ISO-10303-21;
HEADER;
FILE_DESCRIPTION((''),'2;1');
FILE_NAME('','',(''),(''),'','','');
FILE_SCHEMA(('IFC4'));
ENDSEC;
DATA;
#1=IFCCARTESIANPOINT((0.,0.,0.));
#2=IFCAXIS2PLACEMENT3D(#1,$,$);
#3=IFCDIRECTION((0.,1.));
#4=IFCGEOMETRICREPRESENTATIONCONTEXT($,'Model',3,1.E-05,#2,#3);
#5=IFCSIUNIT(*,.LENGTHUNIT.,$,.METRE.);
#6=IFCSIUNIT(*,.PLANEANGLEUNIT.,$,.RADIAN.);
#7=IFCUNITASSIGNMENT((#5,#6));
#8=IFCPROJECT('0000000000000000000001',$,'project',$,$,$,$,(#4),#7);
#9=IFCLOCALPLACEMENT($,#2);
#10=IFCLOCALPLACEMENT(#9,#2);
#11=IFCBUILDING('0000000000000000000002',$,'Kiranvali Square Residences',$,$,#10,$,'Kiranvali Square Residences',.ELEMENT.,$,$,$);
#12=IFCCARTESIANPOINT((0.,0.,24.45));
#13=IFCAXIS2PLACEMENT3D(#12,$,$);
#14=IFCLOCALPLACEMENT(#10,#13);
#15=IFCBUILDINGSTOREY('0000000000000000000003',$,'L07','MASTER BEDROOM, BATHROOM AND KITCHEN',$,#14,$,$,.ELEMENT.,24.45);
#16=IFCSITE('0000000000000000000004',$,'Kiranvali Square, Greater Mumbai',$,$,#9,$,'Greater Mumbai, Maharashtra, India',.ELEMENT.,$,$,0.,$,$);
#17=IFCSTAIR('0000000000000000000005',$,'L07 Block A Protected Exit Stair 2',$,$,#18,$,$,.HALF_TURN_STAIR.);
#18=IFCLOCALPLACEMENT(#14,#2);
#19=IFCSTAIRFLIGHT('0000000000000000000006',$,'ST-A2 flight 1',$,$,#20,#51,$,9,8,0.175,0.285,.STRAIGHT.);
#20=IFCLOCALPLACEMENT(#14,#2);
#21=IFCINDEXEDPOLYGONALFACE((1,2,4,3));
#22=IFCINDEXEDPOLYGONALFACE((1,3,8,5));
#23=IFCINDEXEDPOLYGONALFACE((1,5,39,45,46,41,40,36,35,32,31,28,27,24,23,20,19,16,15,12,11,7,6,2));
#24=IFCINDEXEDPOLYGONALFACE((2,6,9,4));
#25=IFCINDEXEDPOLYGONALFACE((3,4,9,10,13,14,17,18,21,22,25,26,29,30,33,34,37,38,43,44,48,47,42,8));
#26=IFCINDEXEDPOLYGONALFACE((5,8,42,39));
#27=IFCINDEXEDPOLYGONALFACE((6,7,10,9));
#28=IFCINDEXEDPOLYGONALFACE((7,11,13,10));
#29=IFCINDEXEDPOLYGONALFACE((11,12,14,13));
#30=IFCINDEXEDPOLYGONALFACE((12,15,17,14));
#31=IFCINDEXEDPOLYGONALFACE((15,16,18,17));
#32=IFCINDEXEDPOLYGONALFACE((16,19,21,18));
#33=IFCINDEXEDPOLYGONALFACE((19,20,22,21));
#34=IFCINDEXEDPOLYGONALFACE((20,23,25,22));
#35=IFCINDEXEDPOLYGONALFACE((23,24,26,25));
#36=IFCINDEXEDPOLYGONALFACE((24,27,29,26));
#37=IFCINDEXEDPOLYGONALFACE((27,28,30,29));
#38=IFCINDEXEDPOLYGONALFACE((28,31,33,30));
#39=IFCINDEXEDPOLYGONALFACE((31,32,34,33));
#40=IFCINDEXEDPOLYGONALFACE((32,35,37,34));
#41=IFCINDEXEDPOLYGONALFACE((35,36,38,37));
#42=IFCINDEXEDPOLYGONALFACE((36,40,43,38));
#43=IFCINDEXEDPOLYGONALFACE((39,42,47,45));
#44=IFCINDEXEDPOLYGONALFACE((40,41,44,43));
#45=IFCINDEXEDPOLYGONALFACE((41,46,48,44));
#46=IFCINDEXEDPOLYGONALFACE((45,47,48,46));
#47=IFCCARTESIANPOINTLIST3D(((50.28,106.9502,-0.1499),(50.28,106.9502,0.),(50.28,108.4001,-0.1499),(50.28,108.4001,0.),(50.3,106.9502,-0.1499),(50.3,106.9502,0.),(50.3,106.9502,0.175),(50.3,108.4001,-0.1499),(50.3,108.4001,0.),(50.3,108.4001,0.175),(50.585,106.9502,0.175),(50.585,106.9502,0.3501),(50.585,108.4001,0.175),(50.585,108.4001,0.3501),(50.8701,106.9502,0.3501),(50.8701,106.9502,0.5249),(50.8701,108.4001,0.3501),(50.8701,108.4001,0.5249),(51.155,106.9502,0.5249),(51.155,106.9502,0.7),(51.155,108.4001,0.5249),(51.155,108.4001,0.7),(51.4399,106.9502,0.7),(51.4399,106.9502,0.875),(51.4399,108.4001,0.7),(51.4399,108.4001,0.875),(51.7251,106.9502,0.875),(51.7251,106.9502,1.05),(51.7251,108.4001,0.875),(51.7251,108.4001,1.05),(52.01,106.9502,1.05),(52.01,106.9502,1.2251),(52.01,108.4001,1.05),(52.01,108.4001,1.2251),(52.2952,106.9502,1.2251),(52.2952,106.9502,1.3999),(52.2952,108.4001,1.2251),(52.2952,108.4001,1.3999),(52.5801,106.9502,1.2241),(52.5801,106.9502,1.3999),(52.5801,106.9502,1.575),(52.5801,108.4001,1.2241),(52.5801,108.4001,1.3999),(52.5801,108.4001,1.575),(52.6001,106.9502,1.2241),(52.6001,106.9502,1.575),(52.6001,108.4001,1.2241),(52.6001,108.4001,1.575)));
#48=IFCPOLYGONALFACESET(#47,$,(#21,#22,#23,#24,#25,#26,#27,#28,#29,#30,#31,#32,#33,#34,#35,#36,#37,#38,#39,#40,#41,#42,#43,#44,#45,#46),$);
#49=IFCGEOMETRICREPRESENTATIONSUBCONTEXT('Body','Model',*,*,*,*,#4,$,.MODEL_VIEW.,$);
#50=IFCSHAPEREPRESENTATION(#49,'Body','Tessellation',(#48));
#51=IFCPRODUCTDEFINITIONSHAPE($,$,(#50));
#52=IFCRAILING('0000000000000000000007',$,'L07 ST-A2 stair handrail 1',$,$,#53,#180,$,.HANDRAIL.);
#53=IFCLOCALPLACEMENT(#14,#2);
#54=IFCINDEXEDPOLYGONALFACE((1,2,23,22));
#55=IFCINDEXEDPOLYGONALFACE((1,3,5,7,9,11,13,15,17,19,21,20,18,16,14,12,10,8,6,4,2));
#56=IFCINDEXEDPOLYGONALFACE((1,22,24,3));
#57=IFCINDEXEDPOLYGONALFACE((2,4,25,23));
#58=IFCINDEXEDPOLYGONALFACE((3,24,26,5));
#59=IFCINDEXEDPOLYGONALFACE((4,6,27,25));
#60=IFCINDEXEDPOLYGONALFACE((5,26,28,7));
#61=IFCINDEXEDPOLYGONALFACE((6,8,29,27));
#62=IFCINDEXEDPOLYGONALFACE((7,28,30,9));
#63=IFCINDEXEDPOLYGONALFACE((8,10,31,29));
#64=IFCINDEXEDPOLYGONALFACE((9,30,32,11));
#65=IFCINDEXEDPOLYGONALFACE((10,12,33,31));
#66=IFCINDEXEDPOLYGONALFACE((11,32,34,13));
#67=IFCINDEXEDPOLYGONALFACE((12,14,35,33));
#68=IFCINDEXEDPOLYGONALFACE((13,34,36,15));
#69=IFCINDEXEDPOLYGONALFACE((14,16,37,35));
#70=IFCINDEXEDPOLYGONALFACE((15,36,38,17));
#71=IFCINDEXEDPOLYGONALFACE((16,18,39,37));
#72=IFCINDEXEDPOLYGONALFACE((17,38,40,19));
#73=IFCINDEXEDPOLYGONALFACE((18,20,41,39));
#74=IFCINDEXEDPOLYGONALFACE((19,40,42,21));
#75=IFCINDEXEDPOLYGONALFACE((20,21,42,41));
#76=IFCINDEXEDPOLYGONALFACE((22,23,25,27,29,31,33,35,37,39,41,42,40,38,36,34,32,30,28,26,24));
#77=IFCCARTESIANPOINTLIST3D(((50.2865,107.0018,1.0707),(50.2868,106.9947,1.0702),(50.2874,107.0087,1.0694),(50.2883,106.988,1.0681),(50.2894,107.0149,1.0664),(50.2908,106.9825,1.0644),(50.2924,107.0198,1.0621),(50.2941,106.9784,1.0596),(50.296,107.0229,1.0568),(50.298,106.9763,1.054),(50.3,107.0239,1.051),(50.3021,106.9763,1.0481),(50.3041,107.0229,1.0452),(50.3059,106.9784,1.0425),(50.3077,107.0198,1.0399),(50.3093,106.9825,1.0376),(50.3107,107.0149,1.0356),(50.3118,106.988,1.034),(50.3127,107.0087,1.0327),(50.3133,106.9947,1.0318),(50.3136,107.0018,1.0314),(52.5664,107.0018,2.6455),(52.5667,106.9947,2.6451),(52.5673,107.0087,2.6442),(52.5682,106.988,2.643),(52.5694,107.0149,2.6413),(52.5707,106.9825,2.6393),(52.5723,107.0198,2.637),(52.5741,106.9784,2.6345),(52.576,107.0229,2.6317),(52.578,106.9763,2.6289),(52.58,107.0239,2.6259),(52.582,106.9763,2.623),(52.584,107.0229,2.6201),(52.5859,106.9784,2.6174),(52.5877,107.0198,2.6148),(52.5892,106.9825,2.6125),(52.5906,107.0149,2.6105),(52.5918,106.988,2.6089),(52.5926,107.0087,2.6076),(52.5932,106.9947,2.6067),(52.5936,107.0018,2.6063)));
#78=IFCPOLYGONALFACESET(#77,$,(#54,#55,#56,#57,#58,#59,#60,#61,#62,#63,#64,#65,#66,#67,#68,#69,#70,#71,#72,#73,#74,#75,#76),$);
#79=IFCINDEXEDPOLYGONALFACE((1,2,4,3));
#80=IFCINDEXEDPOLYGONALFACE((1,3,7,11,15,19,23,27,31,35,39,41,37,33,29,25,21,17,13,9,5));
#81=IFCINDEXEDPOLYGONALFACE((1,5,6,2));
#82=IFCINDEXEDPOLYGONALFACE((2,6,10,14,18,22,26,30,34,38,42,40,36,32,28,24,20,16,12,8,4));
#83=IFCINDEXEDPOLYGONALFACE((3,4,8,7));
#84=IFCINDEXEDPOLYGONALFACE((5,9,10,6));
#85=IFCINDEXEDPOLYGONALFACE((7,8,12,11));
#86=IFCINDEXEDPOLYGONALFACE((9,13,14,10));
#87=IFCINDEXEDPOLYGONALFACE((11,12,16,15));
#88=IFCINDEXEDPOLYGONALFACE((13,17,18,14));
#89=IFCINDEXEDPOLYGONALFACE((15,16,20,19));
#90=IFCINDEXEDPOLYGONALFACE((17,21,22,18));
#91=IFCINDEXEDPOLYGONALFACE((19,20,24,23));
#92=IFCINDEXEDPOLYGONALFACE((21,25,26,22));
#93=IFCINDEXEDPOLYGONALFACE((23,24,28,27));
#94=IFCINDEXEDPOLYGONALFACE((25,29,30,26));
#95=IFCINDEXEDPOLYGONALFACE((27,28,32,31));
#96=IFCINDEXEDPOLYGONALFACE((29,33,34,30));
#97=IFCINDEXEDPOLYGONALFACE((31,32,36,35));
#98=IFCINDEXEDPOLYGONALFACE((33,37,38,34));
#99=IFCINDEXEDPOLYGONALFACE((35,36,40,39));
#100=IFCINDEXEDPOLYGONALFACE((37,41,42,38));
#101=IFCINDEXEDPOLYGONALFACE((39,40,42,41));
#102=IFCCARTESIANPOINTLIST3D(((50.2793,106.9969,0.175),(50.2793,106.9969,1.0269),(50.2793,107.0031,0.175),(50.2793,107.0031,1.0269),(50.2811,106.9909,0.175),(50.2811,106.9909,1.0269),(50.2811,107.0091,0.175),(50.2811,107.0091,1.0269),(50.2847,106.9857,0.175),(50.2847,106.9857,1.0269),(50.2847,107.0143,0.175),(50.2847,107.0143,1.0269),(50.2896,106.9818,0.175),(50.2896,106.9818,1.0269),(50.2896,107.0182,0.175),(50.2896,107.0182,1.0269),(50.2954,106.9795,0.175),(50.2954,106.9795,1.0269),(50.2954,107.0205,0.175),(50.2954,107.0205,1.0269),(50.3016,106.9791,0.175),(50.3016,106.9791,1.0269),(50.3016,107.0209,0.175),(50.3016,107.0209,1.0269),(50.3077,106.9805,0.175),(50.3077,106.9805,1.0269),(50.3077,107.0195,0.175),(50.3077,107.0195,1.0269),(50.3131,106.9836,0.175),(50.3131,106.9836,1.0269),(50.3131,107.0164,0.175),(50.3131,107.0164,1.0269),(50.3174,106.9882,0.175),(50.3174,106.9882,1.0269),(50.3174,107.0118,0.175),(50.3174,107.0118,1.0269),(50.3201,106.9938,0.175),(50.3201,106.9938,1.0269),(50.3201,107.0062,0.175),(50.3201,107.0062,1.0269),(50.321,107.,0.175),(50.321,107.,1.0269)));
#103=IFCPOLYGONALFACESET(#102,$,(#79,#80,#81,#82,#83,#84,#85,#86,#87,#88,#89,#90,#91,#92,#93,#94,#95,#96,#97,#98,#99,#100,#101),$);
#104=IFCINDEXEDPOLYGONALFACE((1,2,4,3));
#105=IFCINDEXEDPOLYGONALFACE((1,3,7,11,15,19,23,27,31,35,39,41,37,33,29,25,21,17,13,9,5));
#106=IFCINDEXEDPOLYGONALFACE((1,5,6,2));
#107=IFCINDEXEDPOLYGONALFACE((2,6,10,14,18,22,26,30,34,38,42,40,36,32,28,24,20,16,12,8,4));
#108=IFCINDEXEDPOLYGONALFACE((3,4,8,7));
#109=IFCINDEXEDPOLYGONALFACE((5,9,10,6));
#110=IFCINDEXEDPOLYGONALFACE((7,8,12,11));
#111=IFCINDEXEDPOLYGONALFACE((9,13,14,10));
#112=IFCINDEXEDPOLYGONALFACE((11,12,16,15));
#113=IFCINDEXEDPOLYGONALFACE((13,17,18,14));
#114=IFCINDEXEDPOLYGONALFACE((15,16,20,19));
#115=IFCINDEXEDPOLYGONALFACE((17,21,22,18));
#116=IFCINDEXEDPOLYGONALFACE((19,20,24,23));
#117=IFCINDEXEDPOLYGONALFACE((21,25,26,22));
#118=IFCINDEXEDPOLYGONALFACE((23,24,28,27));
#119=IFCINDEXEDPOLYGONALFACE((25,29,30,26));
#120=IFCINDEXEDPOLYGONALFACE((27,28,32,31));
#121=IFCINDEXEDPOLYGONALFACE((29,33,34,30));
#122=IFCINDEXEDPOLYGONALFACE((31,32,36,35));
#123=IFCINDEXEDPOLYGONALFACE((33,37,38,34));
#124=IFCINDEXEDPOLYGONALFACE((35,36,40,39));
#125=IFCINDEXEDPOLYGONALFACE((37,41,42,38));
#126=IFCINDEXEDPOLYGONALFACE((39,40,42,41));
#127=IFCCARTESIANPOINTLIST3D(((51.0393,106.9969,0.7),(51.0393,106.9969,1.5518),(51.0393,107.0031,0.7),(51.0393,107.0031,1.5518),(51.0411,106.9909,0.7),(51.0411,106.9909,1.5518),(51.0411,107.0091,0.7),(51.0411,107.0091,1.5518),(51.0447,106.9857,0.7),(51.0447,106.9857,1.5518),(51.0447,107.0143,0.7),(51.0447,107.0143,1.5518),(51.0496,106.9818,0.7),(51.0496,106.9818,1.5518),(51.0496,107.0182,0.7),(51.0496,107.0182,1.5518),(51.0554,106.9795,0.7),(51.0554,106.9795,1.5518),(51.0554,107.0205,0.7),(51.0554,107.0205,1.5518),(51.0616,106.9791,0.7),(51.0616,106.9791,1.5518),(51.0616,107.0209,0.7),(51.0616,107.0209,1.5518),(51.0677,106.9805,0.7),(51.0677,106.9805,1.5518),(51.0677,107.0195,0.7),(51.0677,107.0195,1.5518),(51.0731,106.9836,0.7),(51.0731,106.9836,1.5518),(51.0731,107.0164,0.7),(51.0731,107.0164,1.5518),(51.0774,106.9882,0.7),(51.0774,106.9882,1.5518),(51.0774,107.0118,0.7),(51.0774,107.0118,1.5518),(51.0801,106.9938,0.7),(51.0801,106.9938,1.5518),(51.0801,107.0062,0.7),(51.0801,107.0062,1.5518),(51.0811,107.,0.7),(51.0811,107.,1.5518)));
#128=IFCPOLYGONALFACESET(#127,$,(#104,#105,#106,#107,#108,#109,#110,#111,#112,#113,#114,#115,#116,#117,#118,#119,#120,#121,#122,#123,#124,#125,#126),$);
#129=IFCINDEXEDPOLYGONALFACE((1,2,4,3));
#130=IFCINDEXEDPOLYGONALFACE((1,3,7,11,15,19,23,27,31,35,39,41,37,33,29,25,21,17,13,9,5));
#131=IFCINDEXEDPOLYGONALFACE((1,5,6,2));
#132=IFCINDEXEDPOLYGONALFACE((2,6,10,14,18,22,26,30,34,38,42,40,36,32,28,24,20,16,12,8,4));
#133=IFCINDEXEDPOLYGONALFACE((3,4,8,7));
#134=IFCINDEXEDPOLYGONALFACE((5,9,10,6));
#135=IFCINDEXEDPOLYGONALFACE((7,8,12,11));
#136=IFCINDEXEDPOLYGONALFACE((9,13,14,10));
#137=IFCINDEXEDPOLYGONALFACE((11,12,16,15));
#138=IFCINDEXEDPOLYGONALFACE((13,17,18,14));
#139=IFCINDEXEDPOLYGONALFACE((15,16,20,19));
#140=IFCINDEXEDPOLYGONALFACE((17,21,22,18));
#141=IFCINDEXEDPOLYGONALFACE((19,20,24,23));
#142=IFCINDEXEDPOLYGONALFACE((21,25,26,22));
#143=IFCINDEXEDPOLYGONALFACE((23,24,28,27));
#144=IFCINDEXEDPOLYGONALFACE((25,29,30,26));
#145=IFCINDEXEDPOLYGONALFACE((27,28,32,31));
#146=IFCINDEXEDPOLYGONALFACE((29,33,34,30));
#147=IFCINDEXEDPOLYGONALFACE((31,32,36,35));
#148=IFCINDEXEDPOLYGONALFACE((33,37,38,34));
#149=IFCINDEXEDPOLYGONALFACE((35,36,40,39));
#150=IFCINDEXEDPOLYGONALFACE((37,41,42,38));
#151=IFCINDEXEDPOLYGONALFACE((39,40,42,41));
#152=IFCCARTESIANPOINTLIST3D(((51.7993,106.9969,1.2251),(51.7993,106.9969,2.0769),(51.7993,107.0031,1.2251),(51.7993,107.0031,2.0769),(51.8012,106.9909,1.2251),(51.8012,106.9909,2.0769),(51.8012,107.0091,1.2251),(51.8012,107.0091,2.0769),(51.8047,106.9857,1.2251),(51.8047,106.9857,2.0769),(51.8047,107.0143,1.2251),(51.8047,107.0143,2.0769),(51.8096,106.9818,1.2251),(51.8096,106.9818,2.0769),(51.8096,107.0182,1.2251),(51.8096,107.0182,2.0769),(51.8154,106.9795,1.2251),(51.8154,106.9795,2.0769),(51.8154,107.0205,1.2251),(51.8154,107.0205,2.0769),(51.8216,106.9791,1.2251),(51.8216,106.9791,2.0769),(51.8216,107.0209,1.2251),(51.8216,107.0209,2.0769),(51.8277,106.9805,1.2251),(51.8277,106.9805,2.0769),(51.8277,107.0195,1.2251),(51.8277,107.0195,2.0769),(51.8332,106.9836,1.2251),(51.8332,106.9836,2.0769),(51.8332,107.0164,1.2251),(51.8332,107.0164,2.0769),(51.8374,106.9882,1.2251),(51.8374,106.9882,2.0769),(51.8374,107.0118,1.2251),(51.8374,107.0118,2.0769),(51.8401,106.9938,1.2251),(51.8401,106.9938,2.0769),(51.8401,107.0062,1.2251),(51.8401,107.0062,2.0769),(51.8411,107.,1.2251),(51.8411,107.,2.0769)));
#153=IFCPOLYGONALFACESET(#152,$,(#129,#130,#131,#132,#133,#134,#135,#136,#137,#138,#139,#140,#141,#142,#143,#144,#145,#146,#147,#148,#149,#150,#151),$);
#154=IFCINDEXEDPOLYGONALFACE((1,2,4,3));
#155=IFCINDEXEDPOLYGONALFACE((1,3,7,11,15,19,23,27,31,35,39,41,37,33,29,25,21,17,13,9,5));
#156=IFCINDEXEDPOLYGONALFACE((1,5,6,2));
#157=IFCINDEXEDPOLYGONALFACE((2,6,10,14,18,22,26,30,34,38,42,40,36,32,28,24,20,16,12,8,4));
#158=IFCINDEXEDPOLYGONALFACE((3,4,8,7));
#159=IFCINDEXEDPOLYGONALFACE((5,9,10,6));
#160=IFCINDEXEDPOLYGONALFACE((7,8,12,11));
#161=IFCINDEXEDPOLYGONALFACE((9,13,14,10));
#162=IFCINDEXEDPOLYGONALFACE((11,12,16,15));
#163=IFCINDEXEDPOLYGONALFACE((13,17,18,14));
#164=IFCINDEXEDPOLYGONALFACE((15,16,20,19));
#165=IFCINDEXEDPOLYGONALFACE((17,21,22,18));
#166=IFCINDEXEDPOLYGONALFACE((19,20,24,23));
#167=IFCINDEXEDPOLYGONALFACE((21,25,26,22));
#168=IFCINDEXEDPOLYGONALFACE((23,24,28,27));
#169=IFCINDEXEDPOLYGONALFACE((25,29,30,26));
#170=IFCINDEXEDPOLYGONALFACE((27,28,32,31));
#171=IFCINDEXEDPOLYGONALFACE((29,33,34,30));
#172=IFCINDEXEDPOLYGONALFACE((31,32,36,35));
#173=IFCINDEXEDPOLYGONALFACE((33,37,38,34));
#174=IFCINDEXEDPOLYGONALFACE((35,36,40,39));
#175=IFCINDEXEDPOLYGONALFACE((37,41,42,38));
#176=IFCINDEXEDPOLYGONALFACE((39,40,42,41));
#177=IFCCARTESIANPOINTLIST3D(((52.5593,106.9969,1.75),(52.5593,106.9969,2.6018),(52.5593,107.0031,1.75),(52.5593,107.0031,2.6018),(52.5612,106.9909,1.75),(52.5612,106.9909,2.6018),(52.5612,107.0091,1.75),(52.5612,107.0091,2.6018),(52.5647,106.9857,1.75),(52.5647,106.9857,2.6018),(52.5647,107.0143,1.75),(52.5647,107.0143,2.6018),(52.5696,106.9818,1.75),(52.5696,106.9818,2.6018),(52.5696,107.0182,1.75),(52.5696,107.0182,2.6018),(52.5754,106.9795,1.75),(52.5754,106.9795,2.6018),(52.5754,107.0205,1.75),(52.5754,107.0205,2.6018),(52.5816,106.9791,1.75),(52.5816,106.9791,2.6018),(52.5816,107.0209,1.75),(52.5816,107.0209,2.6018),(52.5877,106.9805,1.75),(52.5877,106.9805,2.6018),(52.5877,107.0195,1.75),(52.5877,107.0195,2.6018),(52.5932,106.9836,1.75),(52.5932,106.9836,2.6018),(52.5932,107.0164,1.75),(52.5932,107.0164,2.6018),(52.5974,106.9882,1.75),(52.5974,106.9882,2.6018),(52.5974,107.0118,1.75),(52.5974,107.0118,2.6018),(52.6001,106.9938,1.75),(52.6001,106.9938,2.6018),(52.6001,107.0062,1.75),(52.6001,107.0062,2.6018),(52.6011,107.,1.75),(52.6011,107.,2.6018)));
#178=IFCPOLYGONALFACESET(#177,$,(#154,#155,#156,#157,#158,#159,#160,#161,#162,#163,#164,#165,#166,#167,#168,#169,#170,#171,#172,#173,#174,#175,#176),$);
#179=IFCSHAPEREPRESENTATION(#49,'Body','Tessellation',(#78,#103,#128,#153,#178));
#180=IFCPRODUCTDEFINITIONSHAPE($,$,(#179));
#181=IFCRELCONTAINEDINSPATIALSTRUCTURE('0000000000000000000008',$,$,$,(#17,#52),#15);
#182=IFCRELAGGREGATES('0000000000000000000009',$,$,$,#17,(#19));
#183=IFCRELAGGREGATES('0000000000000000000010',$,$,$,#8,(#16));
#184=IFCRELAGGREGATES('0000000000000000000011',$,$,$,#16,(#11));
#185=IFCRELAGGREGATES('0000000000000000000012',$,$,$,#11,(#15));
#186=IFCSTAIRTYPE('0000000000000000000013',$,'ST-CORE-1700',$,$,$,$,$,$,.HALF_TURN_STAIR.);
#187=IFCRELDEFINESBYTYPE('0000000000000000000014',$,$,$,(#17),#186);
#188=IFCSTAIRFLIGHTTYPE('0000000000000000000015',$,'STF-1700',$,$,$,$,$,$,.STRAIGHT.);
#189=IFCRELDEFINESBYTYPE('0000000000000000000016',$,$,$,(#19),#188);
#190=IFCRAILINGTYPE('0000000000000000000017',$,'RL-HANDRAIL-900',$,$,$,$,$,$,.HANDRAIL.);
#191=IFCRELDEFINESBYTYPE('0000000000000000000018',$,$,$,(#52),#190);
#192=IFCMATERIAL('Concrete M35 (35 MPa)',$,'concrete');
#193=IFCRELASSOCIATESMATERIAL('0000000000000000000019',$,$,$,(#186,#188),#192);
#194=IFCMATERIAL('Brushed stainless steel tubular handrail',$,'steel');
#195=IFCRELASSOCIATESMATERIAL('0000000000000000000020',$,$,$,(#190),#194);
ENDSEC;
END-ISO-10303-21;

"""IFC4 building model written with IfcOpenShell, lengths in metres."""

from ifc_helpers import new_model, si_unit, direction, frame, origin, origin_2d, place, context, subcontext, project, spatial, polyline, circle, outline, extrude, material, type_object, element, aggregate, save


model = new_model("IFC4")

# Units and contexts
model_context = context("Model", 3, precision=1e-05, world=origin(), true_north=direction((0.0, 1.0)))
body_context = subcontext(model_context, "Body", "Model", "MODEL_VIEW")
ifc_project = project(units=[si_unit("LENGTHUNIT", "METRE"), si_unit("PLANEANGLEUNIT", "RADIAN")], contexts=[model_context])

# Site, building, storey
site_placement = place(None, origin())
site = spatial("IfcSite", under=ifc_project, at=site_placement, Name="Kiranvali Square, Greater Mumbai", LongName="Greater Mumbai, Maharashtra, India", CompositionType="ELEMENT", RefElevation=0.0)
building_placement = place(site_placement, origin())
building = spatial("IfcBuilding", under=site, at=building_placement, Name="Kiranvali Square Residences", LongName="Kiranvali Square Residences", CompositionType="ELEMENT")
storey_placement = place(building_placement, frame((0.0, 0.0, 24.45)))
storey = spatial("IfcBuildingStorey", under=building, at=storey_placement, Name="L07", Description="MASTER BEDROOM, BATHROOM AND KITCHEN", CompositionType="ELEMENT", Elevation=24.45)

# Stair, stair flight
ifc_material_1 = material(Name="Concrete M35 (35 MPa)", Category="concrete")
stair_type = type_object("IfcStairType", Name="ST-CORE-1700", PredefinedType="HALF_TURN_STAIR", material=ifc_material_1)
stair_placement = place(storey_placement, origin())
stair = element("IfcStair", 1, at=stair_placement, inside=storey, type_object=stair_type, Name="L07 Block A Protected Exit Stair 2", PredefinedType="HALF_TURN_STAIR")
stair_flight_type = type_object("IfcStairFlightType", Name="STF-1700", PredefinedType="STRAIGHT", material=ifc_material_1)
stair_flight_placement = place(storey_placement, frame((50.3, 107.675, 0.0), z_axis=(0.0, 0.0, 1.0), x_axis=(1.0, 0.0, 0.0)))
stair_flight = element("IfcStairFlight", 2, at=stair_flight_placement, type_object=stair_flight_type, Name="ST-A2 flight 1", NumberOfRisers=9, NumberOfTreads=8, PredefinedType="STRAIGHT", RiserHeight=0.175, TreadLength=0.285, context=body_context, shape_type="SweptSolid", body=[
    extrude(outline(polyline([(-0.02, -0.1499), (-0.02, 0.0), (0.0, 0.0), (0.0, 0.175), (0.2849, 0.175), (0.2849, 0.3501), (0.5701, 0.3501), (0.5701, 0.5249), (0.855, 0.5249), (0.855, 0.7), (1.1399, 0.7), (1.1399, 0.875), (1.425, 0.875), (1.425, 1.05), (1.71, 1.05), (1.71, 1.2251), (1.9951, 1.2251), (1.9951, 1.3999), (2.28, 1.3999), (2.28, 1.575), (2.3, 1.575), (2.3, 1.2241), (2.28, 1.2241), (0.0, -0.1499), (-0.02, -0.1499)])), frame((0.0, 0.7251, 0.0), z_axis=(0.0, -1.0, 0.0), x_axis=(1.0, 0.0, 0.0)), (0.0, 0.0, 1.0), 1.45),
])
aggregate(stair, [stair_flight])

# Railing
ifc_material_2 = material(Name="Brushed stainless steel tubular handrail", Category="steel")
railing_type = type_object("IfcRailingType", Name="RL-HANDRAIL-900", PredefinedType="HANDRAIL", material=ifc_material_2)
railing_placement = place(storey_placement, frame((50.3, 107.0, 0.175)))
element("IfcRailing", 3, at=railing_placement, inside=storey, type_object=railing_type, Name="L07 ST-A2 stair handrail 1", PredefinedType="HANDRAIL", context=body_context, shape_type="SweptSolid", body=[
    extrude(circle(Radius=0.0239, at=origin_2d()), frame((0.0, 0.0, 0.876), z_axis=(0.822788, 0.0, 0.568348), x_axis=(0.0, 1.0, 0.0)), (0.0, 0.0, 1.0), 2.771),
    extrude(circle(Radius=0.021, at=origin_2d()), origin(), (0.0, 0.0, 1.0), 0.8518),
    extrude(circle(Radius=0.021, at=origin_2d()), frame((0.76, 0.0, 0.5249)), (0.0, 0.0, 1.0), 0.8518),
    extrude(circle(Radius=0.021, at=origin_2d()), frame((1.52, 0.0, 1.05)), (0.0, 0.0, 1.0), 0.8518),
    extrude(circle(Radius=0.021, at=origin_2d()), frame((2.28, 0.0, 1.575)), (0.0, 0.0, 1.0), 0.8518),
])

save(model, "model.ifc")
